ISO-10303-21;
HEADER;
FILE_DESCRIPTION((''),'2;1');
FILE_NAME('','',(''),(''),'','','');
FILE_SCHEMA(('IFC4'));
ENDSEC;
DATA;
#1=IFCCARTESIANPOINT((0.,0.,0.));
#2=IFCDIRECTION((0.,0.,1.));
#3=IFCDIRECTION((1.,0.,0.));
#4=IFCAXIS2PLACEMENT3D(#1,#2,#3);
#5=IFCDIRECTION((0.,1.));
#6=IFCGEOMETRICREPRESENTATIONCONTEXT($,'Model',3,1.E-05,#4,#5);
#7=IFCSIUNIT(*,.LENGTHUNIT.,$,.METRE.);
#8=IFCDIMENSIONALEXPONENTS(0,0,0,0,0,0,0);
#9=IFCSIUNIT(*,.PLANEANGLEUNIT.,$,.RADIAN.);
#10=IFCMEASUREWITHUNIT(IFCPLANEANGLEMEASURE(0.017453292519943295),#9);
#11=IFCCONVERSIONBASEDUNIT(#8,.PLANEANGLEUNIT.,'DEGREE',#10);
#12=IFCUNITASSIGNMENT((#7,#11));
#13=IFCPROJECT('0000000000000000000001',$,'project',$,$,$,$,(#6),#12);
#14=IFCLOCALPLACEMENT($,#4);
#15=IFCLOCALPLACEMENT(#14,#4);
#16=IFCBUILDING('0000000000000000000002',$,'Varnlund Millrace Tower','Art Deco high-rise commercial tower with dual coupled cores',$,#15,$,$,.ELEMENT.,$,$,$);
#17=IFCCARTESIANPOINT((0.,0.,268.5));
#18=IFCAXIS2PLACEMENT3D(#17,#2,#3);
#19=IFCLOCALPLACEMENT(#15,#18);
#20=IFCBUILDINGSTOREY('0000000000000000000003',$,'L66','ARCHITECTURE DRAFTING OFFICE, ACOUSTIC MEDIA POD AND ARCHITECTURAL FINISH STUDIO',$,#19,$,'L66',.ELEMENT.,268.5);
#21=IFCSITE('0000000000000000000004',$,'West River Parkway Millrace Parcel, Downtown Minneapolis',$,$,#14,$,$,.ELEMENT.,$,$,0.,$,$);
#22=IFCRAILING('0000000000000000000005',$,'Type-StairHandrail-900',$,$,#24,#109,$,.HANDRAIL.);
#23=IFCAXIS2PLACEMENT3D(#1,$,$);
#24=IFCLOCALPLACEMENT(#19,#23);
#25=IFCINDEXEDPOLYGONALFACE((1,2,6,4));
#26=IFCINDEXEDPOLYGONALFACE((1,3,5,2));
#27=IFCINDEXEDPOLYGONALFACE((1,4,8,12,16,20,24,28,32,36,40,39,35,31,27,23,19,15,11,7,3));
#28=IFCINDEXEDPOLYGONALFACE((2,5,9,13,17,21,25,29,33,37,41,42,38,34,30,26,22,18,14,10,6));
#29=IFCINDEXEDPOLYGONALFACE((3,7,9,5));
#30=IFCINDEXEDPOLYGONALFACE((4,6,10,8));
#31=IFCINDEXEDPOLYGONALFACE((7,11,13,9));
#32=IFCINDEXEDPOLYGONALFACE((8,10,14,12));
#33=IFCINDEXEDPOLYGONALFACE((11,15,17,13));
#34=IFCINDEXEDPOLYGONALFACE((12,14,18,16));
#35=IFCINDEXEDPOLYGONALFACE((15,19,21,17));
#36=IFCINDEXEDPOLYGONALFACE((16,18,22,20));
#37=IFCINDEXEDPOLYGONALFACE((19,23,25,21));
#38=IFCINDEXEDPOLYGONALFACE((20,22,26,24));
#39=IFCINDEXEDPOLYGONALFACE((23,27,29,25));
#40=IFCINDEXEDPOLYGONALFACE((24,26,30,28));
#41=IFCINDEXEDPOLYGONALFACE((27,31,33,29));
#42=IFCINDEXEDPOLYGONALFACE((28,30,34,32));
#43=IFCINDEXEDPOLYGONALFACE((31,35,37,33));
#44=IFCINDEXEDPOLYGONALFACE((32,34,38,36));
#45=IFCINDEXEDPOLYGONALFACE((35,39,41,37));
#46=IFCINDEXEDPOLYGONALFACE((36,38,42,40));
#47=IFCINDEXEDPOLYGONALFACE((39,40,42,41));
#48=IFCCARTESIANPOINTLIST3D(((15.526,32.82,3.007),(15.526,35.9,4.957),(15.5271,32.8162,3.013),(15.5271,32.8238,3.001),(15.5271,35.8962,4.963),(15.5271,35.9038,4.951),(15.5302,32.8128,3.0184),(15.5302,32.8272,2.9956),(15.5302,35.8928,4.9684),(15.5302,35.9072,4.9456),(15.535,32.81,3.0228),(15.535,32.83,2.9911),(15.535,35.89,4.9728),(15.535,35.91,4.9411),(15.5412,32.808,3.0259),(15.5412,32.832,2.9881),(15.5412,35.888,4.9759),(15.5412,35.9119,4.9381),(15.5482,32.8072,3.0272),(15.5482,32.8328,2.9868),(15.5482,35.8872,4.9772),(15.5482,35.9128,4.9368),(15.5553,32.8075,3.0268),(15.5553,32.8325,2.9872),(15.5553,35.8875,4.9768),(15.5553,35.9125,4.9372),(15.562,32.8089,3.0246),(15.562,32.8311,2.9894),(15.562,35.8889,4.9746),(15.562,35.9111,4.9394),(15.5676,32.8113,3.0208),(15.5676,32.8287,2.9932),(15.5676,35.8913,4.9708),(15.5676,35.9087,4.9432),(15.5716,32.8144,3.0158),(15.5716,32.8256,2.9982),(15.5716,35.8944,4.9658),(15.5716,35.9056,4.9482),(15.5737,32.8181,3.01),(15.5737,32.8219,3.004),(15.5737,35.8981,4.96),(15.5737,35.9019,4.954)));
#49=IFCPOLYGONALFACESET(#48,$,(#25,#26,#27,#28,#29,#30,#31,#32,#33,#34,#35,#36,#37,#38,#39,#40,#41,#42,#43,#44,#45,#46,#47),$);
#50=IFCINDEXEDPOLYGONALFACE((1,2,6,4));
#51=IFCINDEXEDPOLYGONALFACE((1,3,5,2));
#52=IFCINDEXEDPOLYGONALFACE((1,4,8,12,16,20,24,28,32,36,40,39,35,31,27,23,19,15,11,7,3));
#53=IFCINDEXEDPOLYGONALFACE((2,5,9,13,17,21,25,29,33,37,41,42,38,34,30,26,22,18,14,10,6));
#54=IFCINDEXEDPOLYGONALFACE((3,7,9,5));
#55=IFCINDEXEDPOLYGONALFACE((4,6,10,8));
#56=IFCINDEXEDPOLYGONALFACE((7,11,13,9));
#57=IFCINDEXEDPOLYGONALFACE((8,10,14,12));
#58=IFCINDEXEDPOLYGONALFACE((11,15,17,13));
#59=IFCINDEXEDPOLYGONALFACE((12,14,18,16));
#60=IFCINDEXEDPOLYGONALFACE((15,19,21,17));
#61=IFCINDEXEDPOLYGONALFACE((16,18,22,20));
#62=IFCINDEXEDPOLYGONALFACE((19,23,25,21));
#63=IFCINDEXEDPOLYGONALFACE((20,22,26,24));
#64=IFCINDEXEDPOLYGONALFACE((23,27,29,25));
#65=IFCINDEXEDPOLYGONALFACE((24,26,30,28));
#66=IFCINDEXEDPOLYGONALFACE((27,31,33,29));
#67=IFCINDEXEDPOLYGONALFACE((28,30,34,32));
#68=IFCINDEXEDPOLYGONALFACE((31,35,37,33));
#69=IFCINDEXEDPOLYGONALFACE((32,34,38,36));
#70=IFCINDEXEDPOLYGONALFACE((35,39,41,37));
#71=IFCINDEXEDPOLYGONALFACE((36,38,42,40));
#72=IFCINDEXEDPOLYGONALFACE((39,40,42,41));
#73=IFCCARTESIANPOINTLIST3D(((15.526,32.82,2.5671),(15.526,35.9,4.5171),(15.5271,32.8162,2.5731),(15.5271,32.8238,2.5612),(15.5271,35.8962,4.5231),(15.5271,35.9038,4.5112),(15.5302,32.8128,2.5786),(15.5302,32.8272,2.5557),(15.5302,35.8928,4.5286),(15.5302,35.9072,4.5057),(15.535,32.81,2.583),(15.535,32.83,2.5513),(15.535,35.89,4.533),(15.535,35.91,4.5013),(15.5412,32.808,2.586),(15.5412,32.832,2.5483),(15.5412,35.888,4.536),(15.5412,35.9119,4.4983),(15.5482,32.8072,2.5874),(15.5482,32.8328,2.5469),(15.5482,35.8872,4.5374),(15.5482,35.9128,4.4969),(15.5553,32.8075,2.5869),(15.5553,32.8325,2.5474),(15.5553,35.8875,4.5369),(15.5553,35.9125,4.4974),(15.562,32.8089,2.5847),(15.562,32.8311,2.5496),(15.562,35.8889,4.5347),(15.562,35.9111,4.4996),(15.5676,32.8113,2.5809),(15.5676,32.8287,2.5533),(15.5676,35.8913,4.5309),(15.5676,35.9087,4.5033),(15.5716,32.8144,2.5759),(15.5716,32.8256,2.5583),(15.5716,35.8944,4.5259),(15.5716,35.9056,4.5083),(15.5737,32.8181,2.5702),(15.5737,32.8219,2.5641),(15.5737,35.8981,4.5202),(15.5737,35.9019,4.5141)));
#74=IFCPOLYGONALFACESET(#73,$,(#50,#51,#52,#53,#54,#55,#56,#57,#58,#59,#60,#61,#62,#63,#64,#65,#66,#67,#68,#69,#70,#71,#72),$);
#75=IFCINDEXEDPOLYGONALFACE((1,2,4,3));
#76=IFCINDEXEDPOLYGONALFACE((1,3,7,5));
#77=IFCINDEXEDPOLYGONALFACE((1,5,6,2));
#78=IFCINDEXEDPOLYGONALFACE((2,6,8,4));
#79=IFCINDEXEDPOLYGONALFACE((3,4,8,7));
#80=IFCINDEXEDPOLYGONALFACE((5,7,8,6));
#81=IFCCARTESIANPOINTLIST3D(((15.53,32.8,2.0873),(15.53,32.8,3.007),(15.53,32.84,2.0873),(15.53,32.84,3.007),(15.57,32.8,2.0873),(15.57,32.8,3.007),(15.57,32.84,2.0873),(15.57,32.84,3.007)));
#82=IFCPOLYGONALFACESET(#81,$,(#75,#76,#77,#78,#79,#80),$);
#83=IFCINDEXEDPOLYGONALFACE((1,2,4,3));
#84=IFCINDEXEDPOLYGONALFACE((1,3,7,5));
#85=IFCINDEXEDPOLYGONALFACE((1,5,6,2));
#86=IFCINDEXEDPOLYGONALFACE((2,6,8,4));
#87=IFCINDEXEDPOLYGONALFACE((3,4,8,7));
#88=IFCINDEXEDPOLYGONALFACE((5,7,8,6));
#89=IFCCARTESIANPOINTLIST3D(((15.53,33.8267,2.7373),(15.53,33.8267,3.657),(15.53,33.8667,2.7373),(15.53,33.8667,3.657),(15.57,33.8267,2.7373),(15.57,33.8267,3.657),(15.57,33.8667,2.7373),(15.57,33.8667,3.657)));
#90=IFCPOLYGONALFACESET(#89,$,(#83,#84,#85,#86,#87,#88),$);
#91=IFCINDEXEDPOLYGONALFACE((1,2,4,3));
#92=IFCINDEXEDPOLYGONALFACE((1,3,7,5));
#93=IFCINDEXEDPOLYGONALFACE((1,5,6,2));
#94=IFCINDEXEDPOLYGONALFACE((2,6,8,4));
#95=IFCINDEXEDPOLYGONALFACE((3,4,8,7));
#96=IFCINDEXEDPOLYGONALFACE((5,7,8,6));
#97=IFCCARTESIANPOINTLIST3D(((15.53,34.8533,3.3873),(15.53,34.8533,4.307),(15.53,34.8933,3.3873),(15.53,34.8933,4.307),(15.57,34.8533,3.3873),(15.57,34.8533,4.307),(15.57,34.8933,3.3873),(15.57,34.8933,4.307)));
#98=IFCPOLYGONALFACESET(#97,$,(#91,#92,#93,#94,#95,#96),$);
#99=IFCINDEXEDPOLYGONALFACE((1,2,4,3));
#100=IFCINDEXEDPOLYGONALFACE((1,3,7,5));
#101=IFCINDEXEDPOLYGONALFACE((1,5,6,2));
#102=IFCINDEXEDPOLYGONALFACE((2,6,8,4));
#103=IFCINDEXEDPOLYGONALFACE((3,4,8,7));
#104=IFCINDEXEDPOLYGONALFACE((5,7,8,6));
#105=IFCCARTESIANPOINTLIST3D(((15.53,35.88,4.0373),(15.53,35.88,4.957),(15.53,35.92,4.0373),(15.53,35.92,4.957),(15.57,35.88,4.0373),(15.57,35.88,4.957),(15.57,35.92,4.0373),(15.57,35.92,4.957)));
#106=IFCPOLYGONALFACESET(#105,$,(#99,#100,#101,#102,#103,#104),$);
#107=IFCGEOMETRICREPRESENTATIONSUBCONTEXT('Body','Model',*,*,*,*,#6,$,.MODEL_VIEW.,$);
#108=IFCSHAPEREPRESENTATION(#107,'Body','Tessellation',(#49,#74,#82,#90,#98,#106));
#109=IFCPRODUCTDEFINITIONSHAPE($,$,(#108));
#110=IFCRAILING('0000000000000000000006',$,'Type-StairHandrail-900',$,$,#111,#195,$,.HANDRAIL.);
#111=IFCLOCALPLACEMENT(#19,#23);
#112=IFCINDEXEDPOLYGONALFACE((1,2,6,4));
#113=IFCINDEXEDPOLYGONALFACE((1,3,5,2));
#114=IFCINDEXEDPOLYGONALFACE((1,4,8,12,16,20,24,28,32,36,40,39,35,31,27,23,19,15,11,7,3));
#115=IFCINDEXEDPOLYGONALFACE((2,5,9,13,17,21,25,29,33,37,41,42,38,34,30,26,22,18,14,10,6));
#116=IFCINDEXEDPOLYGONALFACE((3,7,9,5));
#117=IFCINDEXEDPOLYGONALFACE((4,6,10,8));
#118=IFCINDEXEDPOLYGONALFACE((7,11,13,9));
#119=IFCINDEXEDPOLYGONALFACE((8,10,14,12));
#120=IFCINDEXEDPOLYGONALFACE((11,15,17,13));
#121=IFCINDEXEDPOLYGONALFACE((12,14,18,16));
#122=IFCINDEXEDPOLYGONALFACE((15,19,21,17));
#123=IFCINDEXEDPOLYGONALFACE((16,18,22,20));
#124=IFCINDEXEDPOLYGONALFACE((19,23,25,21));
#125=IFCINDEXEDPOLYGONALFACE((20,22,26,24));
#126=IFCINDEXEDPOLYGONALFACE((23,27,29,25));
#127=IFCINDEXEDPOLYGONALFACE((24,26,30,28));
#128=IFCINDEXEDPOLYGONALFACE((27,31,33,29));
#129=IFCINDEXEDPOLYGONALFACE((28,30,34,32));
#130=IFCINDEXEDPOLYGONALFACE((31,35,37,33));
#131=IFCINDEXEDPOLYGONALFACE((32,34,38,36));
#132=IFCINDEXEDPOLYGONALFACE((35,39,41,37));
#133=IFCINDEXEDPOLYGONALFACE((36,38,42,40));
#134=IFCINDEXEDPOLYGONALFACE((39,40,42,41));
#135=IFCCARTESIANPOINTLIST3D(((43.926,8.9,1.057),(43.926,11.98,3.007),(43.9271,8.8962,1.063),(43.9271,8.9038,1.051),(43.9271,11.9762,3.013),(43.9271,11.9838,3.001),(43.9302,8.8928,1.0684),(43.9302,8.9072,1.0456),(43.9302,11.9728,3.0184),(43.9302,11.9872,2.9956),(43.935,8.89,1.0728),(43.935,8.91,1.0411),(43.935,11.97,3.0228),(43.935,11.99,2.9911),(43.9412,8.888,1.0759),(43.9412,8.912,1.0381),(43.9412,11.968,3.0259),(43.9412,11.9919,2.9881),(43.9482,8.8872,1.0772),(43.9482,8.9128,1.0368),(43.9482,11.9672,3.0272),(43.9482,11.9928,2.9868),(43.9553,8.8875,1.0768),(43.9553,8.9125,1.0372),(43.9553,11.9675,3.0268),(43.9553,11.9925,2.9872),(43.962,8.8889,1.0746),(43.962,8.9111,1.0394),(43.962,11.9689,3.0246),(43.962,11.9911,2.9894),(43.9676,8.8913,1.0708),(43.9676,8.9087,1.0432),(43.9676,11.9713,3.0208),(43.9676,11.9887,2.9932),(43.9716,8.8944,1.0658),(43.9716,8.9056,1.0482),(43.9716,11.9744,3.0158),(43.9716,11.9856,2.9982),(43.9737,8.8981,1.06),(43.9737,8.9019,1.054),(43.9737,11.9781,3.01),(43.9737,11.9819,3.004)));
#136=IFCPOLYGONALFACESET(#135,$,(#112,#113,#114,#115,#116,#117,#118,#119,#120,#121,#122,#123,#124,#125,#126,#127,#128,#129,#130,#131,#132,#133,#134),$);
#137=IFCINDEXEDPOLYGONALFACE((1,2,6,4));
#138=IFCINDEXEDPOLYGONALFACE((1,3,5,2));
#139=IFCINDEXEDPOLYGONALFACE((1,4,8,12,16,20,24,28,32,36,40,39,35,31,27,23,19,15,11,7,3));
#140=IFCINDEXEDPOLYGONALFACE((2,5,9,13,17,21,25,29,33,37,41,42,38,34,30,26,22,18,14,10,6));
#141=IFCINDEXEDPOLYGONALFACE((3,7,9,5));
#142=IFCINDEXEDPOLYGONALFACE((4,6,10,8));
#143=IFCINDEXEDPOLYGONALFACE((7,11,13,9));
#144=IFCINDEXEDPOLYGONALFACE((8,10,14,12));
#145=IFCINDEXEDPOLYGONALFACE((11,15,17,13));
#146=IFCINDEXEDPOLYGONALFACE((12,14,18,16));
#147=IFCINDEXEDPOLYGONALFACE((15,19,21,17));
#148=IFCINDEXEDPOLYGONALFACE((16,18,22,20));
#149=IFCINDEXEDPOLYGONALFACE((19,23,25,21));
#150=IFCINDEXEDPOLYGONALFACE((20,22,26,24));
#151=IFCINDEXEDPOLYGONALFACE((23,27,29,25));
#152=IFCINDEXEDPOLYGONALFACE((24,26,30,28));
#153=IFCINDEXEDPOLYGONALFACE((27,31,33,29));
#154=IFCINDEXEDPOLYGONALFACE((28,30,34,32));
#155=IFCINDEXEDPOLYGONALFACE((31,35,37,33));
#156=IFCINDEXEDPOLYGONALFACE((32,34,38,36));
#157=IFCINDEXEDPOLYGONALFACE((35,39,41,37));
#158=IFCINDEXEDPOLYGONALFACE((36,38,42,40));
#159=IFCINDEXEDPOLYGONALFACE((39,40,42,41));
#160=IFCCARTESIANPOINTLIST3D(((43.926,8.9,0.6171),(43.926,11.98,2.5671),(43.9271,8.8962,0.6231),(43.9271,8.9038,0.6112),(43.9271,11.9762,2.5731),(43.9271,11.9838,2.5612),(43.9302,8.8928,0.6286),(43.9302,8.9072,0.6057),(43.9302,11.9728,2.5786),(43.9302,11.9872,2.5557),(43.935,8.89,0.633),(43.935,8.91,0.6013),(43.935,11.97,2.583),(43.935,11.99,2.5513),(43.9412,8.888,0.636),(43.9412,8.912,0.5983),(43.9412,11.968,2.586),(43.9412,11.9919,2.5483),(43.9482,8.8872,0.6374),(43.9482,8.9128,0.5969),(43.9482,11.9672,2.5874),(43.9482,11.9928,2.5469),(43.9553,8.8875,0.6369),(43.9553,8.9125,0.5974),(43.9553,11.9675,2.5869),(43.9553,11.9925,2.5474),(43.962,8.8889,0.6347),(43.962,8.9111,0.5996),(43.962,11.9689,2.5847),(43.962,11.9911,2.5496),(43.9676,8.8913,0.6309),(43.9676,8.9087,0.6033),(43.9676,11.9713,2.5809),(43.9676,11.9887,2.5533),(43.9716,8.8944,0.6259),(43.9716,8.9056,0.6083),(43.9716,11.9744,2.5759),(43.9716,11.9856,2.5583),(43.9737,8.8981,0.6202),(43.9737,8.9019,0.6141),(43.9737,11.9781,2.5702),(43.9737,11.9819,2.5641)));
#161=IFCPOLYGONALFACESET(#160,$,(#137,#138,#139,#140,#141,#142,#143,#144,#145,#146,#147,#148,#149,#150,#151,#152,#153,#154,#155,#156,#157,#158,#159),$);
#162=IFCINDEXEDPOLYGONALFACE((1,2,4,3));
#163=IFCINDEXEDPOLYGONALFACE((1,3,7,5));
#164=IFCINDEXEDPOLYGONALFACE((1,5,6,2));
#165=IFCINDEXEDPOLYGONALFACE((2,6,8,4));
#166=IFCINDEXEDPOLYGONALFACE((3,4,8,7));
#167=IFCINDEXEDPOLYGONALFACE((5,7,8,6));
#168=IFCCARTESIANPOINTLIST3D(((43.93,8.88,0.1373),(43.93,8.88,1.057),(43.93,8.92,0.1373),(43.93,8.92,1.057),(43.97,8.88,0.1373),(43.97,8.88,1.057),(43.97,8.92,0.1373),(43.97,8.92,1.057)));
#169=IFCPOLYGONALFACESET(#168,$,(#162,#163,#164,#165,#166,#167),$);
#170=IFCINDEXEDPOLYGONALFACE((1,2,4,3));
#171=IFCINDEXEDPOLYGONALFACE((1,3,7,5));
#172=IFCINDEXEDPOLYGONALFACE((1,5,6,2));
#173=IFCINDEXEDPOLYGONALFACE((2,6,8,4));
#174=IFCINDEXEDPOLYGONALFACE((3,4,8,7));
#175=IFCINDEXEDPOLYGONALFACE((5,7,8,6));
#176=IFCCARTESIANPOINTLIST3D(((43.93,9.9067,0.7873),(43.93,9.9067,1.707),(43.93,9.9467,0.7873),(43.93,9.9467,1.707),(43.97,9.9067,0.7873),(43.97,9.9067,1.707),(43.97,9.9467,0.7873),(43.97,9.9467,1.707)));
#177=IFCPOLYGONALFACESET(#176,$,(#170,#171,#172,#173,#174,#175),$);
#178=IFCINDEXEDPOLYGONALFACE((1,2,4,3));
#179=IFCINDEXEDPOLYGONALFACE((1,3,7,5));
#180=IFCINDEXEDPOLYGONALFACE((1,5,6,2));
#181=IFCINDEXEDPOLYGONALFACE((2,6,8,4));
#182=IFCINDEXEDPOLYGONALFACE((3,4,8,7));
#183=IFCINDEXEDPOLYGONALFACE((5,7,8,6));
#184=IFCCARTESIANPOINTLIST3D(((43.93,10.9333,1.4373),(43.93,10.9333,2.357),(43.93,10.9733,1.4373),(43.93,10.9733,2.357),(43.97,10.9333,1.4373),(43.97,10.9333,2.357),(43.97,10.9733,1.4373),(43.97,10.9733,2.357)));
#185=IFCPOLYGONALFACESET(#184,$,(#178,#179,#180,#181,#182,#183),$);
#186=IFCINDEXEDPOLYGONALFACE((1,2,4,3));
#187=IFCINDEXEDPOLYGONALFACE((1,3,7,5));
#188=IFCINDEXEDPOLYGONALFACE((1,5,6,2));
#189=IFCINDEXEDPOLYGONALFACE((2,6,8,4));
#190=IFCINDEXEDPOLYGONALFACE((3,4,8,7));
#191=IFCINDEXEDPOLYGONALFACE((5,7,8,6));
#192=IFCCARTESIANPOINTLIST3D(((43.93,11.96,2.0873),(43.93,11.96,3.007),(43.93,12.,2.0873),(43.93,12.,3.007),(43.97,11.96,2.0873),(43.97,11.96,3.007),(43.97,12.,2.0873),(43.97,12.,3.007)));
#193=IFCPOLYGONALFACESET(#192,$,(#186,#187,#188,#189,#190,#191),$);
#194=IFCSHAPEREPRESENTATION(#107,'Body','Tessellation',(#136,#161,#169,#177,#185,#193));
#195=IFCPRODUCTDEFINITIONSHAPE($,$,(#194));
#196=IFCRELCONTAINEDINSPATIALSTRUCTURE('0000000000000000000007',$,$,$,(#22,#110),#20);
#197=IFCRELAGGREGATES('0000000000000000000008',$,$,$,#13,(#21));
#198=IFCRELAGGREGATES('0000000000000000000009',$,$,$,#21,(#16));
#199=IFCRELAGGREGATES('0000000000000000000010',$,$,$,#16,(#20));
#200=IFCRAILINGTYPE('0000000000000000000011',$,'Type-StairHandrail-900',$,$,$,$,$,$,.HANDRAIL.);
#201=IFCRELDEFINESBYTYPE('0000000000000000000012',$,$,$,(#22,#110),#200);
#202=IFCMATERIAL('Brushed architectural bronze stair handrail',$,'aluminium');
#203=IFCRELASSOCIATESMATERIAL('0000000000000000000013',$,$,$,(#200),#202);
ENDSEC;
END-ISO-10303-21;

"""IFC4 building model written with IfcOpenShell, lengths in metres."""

from ifc_helpers import new_model, entity, si_unit, converted_unit, direction, frame, origin_with_axes, origin_2d_with_axis, place, context, subcontext, project, spatial, rectangle, circle, extrude, material, type_object, element, save


model = new_model("IFC4")

# Units and contexts
model_context = context("Model", 3, precision=1e-05, world=origin_with_axes(), true_north=direction((0.0, 1.0)))
body_context = subcontext(model_context, "Body", "Model", "MODEL_VIEW")
ifc_project = project(units=[si_unit("LENGTHUNIT", "METRE"), converted_unit("PLANEANGLEUNIT", "DEGREE", entity("IfcPlaneAngleMeasure", 0.017453292519943295), si_unit("PLANEANGLEUNIT", "RADIAN"), dimensions=[0, 0, 0, 0, 0, 0, 0])], contexts=[model_context])

# Site, building, storey
site_placement = place(None, origin_with_axes())
site = spatial("IfcSite", under=ifc_project, at=site_placement, Name="West River Parkway Millrace Parcel, Downtown Minneapolis", CompositionType="ELEMENT", RefElevation=0.0)
building_placement = place(site_placement, origin_with_axes())
building = spatial("IfcBuilding", under=site, at=building_placement, Name="Varnlund Millrace Tower", Description="Art Deco high-rise commercial tower with dual coupled cores", CompositionType="ELEMENT")
storey_placement = place(building_placement, frame((0.0, 0.0, 268.5), z_axis=(0.0, 0.0, 1.0), x_axis=(1.0, 0.0, 0.0)))
storey = spatial("IfcBuildingStorey", under=building, at=storey_placement, Name="L66", Description="ARCHITECTURE DRAFTING OFFICE, ACOUSTIC MEDIA POD AND ARCHITECTURAL FINISH STUDIO", LongName="L66", CompositionType="ELEMENT", Elevation=268.5)

# Railings
ifc_material_1 = material(Name="Brushed architectural bronze stair handrail", Category="aluminium")
railing_type_1 = type_object("IfcRailingType", Name="Type-StairHandrail-900", PredefinedType="HANDRAIL", material=ifc_material_1)
railing_1_placement = place(storey_placement, frame((0.0, 0.0, -268.5), z_axis=(0.0, 0.0, 1.0), x_axis=(1.0, 0.0, 0.0)))
element("IfcRailing", 1, at=railing_1_placement, inside=storey, type_object=railing_type_1, Name="Type-StairHandrail-900", PredefinedType="HANDRAIL", context=body_context, shape_type="SweptSolid", body=[
    extrude(circle(Radius=0.024, at=origin_2d_with_axis()), frame((15.55, 32.82, 271.507), z_axis=(0.0, 0.844902, 0.534922), x_axis=(-1.0, 0.0, 0.0)), (0.0, 0.0, 1.0), 3.6454),
    extrude(circle(Radius=0.024, at=origin_2d_with_axis()), frame((15.55, 32.82, 271.0671), z_axis=(0.0, 0.844902, 0.534922), x_axis=(-1.0, 0.0, 0.0)), (0.0, 0.0, 1.0), 3.6454),
    extrude(rectangle(XDim=0.04, YDim=0.04, at=origin_2d_with_axis()), frame((15.55, 32.82, 270.5873), z_axis=(0.0, 0.0, 1.0), x_axis=(1.0, 0.0, 0.0)), (0.0, 0.0, 1.0), 0.9197),
    extrude(rectangle(XDim=0.04, YDim=0.04, at=origin_2d_with_axis()), frame((15.55, 33.8467, 271.2373), z_axis=(0.0, 0.0, 1.0), x_axis=(1.0, 0.0, 0.0)), (0.0, 0.0, 1.0), 0.9197),
    extrude(rectangle(XDim=0.04, YDim=0.04, at=origin_2d_with_axis()), frame((15.55, 34.8733, 271.8873), z_axis=(0.0, 0.0, 1.0), x_axis=(1.0, 0.0, 0.0)), (0.0, 0.0, 1.0), 0.9197),
    extrude(rectangle(XDim=0.04, YDim=0.04, at=origin_2d_with_axis()), frame((15.55, 35.9, 272.5373), z_axis=(0.0, 0.0, 1.0), x_axis=(1.0, 0.0, 0.0)), (0.0, 0.0, 1.0), 0.9197),
])
railing_2_placement = place(storey_placement, frame((0.0, 0.0, -268.5), z_axis=(0.0, 0.0, 1.0), x_axis=(1.0, 0.0, 0.0)))
element("IfcRailing", 2, at=railing_2_placement, inside=storey, type_object=railing_type_1, Name="Type-StairHandrail-900", PredefinedType="HANDRAIL", context=body_context, shape_type="SweptSolid", body=[
    extrude(circle(Radius=0.024, at=origin_2d_with_axis()), frame((43.95, 8.9, 269.557), z_axis=(0.0, 0.844902, 0.534922), x_axis=(-1.0, 0.0, 0.0)), (0.0, 0.0, 1.0), 3.6454),
    extrude(circle(Radius=0.024, at=origin_2d_with_axis()), frame((43.95, 8.9, 269.1171), z_axis=(0.0, 0.844902, 0.534922), x_axis=(-1.0, 0.0, 0.0)), (0.0, 0.0, 1.0), 3.6454),
    extrude(rectangle(XDim=0.04, YDim=0.04, at=origin_2d_with_axis()), frame((43.95, 8.9, 268.6373), z_axis=(0.0, 0.0, 1.0), x_axis=(1.0, 0.0, 0.0)), (0.0, 0.0, 1.0), 0.9197),
    extrude(rectangle(XDim=0.04, YDim=0.04, at=origin_2d_with_axis()), frame((43.95, 9.9267, 269.2873), z_axis=(0.0, 0.0, 1.0), x_axis=(1.0, 0.0, 0.0)), (0.0, 0.0, 1.0), 0.9197),
    extrude(rectangle(XDim=0.04, YDim=0.04, at=origin_2d_with_axis()), frame((43.95, 10.9533, 269.9373), z_axis=(0.0, 0.0, 1.0), x_axis=(1.0, 0.0, 0.0)), (0.0, 0.0, 1.0), 0.9197),
    extrude(rectangle(XDim=0.04, YDim=0.04, at=origin_2d_with_axis()), frame((43.95, 11.98, 270.5873), z_axis=(0.0, 0.0, 1.0), x_axis=(1.0, 0.0, 0.0)), (0.0, 0.0, 1.0), 0.9197),
])

save(model, "model.ifc")
